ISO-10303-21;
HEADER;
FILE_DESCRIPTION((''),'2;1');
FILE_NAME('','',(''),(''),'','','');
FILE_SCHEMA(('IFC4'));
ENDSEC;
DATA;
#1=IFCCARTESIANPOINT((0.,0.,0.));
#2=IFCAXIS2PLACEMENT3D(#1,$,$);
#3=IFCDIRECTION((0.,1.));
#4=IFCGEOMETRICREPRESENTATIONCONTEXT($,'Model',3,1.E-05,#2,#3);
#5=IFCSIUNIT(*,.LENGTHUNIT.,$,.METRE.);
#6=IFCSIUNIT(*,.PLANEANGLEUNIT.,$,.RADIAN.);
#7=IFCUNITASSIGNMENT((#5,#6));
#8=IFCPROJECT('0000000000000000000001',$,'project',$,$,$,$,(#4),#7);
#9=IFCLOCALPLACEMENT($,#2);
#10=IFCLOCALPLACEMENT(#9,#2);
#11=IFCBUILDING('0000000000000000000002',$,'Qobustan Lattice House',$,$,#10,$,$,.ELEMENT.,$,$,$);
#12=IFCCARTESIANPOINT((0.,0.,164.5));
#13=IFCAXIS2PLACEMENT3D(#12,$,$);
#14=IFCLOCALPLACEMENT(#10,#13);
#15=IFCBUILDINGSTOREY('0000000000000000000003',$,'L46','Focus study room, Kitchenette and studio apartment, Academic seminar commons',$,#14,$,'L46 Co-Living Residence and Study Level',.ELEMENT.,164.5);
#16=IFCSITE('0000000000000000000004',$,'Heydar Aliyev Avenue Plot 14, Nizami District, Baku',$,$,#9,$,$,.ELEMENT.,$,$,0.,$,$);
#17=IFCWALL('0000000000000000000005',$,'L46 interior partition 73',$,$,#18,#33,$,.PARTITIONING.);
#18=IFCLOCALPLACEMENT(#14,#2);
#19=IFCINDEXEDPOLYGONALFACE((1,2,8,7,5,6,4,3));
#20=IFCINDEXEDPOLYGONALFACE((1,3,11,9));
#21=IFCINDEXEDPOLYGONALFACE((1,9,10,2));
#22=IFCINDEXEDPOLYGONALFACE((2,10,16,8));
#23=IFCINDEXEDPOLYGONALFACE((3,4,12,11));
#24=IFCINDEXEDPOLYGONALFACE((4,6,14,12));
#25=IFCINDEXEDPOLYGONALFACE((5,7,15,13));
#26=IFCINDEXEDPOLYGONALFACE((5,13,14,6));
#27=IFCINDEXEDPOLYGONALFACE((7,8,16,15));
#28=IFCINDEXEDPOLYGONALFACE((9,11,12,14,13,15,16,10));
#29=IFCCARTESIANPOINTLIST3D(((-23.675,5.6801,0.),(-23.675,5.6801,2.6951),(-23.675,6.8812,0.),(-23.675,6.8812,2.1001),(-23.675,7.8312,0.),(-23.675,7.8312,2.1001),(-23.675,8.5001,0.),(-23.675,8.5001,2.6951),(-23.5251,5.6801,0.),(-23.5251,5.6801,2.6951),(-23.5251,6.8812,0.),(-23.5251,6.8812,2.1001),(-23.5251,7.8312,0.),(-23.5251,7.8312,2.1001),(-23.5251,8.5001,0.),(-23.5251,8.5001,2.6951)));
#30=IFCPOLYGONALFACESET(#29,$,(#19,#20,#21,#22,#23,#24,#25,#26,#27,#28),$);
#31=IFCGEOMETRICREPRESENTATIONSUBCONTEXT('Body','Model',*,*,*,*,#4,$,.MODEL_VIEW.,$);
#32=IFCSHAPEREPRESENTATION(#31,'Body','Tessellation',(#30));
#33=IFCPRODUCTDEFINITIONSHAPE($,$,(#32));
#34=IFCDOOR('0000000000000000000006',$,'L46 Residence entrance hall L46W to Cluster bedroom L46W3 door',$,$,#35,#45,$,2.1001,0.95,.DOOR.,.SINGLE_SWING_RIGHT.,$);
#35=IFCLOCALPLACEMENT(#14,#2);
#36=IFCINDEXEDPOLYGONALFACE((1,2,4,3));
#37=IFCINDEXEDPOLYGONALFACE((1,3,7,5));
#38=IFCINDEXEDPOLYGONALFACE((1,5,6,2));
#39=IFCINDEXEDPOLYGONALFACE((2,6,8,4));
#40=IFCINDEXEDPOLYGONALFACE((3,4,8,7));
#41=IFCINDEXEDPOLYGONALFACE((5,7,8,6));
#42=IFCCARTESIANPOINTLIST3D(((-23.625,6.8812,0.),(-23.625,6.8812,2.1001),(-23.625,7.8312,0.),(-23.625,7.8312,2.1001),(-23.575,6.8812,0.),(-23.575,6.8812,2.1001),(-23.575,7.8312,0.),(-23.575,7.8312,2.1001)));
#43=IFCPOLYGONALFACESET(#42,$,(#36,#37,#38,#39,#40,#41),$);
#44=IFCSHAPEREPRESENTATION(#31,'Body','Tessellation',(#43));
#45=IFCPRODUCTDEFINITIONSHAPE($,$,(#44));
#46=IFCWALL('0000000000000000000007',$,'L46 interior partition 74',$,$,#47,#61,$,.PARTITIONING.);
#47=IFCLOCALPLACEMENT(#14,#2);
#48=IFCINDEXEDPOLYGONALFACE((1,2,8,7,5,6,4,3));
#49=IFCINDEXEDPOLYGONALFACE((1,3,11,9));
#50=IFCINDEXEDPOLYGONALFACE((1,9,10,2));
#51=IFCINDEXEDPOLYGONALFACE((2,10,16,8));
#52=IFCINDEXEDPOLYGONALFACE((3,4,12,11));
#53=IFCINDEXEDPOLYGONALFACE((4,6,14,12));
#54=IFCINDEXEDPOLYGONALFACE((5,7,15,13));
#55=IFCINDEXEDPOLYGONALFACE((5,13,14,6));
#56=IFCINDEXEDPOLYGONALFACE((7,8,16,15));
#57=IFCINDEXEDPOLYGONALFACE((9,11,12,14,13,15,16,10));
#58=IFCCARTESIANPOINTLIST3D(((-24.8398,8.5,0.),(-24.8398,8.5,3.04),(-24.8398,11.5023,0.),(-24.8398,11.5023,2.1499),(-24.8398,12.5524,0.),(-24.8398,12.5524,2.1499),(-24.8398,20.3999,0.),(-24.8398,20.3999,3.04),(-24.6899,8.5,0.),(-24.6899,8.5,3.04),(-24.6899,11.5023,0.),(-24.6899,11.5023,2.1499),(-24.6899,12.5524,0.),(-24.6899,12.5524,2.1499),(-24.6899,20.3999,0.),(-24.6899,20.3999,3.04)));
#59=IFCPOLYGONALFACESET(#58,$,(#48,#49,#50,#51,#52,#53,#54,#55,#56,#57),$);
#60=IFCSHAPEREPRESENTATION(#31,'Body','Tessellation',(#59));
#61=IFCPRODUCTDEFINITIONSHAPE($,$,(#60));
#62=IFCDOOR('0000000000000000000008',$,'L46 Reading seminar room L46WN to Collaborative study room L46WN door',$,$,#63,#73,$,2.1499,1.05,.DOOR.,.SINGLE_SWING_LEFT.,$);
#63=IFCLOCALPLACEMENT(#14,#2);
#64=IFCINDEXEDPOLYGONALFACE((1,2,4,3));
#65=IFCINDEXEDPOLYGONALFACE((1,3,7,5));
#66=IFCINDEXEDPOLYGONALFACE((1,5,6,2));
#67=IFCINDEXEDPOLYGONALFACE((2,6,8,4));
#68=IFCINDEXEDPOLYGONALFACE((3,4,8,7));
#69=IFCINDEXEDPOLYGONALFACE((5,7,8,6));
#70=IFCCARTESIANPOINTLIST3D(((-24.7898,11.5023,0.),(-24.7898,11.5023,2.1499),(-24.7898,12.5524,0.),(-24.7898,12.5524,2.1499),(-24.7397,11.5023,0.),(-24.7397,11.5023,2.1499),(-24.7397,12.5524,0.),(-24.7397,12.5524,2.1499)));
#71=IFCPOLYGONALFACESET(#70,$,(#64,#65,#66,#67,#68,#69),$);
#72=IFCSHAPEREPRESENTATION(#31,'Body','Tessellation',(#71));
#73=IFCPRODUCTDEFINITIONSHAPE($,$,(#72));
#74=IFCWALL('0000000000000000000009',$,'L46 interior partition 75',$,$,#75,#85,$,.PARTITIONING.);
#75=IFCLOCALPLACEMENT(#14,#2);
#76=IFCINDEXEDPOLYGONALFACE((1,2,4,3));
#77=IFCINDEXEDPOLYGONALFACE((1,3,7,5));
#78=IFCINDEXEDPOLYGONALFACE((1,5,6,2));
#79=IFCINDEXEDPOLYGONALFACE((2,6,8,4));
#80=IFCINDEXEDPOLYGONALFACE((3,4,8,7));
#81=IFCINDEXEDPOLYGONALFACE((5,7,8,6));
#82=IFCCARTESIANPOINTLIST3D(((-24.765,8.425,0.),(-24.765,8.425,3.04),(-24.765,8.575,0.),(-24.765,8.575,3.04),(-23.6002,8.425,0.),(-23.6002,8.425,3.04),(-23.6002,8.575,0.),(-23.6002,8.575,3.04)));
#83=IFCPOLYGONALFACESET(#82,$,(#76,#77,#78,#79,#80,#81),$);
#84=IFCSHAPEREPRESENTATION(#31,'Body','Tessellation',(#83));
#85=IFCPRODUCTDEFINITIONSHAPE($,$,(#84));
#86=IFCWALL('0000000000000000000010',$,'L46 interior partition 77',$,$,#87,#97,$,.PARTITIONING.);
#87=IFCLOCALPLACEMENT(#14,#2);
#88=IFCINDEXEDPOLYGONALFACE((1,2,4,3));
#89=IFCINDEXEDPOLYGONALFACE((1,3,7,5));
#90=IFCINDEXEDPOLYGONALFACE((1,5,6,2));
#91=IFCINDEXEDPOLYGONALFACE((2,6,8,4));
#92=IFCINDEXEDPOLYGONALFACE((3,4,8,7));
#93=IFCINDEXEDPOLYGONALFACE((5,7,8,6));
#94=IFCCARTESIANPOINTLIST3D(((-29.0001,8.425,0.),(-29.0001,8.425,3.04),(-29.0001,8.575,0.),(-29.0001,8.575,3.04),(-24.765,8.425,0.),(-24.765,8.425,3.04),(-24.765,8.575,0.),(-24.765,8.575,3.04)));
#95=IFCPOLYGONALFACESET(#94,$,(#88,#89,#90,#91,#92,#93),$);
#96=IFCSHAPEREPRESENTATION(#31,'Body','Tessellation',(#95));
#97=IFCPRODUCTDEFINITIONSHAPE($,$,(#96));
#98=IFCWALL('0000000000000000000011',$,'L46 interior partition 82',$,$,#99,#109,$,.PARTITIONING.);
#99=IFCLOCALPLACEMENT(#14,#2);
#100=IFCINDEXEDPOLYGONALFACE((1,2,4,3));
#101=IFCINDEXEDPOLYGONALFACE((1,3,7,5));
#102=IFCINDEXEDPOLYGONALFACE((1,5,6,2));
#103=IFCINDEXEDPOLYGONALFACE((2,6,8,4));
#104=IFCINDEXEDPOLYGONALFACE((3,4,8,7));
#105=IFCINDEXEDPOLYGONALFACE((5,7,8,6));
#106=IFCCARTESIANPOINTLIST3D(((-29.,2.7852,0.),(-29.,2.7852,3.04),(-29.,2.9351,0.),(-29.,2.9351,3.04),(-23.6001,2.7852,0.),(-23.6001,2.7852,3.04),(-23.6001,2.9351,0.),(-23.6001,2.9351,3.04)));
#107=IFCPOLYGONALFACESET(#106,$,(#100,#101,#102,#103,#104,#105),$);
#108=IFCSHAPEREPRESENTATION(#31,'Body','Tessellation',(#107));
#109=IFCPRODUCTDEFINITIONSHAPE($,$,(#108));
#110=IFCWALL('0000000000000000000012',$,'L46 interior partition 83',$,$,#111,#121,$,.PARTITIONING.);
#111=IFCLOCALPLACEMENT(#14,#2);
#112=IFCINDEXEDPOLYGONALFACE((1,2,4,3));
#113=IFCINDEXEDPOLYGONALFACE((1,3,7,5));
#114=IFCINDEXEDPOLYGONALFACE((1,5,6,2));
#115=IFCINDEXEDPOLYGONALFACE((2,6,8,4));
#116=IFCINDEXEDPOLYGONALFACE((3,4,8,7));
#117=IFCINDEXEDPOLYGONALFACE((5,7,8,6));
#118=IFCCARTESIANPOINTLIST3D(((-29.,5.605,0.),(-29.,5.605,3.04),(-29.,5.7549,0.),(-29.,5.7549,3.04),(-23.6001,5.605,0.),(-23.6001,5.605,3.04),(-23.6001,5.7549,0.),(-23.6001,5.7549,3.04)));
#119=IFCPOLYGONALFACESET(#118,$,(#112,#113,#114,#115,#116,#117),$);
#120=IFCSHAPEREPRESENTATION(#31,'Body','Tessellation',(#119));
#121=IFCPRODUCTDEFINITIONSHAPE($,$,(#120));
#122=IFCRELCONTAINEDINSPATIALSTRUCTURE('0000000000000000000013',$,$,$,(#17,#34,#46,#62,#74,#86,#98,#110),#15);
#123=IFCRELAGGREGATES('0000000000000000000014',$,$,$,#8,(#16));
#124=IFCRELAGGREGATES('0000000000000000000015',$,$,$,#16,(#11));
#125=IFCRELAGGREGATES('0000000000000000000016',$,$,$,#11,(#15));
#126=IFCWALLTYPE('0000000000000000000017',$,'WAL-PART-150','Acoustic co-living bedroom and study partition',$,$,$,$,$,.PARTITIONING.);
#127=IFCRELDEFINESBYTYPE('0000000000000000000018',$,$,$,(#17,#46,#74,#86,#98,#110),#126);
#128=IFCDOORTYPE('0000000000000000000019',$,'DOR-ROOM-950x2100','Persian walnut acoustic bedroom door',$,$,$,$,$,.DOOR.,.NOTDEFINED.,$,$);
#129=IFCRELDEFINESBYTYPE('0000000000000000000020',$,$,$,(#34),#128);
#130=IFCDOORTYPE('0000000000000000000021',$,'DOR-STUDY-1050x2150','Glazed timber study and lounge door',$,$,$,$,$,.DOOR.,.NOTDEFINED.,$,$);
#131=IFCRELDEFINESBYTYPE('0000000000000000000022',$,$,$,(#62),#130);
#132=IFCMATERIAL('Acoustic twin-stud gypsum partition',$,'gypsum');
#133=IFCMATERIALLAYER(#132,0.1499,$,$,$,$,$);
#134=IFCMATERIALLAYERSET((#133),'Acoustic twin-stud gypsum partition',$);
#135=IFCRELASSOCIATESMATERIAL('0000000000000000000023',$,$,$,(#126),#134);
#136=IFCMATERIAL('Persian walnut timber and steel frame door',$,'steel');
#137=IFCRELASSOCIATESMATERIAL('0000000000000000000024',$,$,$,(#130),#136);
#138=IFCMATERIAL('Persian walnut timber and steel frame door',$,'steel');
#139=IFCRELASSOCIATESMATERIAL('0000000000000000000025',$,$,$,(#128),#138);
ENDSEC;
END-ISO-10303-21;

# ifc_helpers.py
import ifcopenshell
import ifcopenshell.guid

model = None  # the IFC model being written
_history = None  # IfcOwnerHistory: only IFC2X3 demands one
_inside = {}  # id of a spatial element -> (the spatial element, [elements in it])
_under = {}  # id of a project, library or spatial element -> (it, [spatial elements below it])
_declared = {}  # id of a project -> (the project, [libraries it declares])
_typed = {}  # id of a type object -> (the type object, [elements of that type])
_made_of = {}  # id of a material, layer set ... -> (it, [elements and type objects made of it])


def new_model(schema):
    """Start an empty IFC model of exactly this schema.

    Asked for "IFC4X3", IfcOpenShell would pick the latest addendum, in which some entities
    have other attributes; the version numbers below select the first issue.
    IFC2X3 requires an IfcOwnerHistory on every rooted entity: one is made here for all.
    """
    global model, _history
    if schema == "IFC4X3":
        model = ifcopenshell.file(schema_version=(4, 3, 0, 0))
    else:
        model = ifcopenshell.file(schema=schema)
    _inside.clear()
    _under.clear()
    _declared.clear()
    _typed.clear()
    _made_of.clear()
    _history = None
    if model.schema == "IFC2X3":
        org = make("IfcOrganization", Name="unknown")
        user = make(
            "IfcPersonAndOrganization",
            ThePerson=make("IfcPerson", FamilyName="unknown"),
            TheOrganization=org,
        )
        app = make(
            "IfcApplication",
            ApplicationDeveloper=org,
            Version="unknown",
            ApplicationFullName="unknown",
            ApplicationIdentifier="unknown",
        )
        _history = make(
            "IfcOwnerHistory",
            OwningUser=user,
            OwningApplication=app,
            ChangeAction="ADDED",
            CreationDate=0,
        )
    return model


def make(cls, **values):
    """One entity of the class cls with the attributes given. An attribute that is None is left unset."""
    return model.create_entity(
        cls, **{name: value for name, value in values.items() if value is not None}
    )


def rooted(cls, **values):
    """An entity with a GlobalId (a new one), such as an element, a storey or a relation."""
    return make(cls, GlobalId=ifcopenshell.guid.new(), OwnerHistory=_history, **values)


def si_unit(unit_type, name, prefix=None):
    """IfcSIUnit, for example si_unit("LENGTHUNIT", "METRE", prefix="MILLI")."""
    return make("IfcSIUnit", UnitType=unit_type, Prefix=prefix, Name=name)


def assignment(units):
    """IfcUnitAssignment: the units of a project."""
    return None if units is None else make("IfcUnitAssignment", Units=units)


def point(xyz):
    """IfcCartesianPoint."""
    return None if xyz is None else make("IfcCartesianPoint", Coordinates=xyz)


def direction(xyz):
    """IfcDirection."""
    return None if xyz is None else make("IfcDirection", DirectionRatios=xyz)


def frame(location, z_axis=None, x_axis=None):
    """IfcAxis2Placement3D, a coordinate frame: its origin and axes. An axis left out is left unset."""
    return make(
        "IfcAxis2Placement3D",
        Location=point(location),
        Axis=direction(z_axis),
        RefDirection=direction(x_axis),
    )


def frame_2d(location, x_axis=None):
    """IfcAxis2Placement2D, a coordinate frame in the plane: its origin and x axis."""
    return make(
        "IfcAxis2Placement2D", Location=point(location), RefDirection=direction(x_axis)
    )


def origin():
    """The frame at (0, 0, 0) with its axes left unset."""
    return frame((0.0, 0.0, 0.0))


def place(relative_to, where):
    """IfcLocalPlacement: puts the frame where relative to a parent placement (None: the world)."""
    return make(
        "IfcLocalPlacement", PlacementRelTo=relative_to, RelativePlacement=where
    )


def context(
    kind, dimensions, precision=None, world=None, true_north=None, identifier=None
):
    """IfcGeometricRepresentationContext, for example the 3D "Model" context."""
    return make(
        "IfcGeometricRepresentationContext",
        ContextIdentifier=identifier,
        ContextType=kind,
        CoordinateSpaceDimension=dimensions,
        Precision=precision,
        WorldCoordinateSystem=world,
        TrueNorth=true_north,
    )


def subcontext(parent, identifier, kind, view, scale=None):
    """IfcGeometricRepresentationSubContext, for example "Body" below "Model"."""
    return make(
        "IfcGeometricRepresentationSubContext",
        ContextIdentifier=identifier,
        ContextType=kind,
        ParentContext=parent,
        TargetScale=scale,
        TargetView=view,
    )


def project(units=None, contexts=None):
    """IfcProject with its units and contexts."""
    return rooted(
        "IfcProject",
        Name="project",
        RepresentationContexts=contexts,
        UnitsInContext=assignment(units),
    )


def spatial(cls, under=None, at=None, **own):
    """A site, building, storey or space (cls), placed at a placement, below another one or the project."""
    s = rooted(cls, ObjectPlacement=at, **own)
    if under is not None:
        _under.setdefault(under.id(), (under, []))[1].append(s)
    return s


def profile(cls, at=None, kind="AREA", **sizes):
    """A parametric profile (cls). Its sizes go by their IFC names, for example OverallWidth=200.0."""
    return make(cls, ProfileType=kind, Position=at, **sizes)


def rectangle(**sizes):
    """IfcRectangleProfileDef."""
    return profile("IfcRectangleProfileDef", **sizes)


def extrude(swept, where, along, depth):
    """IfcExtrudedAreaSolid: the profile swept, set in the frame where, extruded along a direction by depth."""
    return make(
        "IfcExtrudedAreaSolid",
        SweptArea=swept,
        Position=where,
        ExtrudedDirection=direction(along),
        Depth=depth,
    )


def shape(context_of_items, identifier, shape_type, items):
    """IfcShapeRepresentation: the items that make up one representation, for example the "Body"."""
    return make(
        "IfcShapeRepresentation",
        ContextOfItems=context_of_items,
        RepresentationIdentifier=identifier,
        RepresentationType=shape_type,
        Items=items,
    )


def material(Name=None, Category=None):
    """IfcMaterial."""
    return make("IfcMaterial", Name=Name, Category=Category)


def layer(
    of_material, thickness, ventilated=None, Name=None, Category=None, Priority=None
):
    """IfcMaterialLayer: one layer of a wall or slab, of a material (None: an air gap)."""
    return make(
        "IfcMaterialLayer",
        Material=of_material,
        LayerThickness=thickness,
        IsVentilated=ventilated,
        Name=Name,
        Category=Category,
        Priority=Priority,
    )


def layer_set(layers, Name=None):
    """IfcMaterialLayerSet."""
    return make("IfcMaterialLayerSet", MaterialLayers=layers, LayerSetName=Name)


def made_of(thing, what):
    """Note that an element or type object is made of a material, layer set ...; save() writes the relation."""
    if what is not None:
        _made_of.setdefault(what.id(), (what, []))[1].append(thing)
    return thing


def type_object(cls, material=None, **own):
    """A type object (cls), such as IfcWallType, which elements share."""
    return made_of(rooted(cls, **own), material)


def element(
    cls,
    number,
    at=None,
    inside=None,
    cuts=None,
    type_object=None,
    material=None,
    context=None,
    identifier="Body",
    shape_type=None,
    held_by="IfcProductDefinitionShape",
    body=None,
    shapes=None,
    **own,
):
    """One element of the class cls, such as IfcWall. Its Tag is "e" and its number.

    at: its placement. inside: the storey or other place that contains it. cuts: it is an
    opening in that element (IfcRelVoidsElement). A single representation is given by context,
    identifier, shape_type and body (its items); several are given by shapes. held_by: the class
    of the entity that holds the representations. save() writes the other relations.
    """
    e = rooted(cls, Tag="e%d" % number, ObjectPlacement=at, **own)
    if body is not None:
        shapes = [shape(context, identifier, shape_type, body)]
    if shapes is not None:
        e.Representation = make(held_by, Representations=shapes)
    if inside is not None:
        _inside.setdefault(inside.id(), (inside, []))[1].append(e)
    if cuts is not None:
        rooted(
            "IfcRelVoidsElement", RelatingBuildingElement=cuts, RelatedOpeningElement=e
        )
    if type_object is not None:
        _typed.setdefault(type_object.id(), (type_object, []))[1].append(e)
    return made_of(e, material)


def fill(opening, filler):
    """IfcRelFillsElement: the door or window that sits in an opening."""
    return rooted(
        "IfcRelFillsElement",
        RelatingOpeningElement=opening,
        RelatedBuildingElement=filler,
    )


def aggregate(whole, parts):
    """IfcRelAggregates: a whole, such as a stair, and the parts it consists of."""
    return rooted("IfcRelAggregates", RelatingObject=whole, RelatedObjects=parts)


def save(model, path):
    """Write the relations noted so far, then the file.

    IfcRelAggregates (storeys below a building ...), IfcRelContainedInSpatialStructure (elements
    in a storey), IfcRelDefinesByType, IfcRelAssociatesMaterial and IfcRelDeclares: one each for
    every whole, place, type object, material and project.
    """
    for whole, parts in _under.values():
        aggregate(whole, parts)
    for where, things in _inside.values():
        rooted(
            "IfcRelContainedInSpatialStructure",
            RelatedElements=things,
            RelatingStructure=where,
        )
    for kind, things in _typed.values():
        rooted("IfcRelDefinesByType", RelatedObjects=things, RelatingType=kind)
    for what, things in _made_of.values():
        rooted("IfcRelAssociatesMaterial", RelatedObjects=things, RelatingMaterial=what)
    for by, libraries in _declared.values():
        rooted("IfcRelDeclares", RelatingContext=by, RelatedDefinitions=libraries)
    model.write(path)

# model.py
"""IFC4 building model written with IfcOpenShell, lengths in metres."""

from ifc_helpers import new_model, si_unit, direction, frame, frame_2d, origin, place, context, subcontext, project, spatial, rectangle, extrude, material, layer, layer_set, type_object, element, fill, save


model = new_model("IFC4")

# Units and contexts
model_context = context("Model", 3, precision=1e-05, world=origin(), true_north=direction((0.0, 1.0)))
body_context = subcontext(model_context, "Body", "Model", "MODEL_VIEW")
ifc_project = project(units=[si_unit("LENGTHUNIT", "METRE"), si_unit("PLANEANGLEUNIT", "RADIAN")], contexts=[model_context])

# Site, building, storey
site_placement = place(None, origin())
site = spatial("IfcSite", under=ifc_project, at=site_placement, Name="Heydar Aliyev Avenue Plot 14, Nizami District, Baku", CompositionType="ELEMENT", RefElevation=0.0)
building_placement = place(site_placement, origin())
building = spatial("IfcBuilding", under=site, at=building_placement, Name="Qobustan Lattice House", CompositionType="ELEMENT")
storey_placement = place(building_placement, frame((0.0, 0.0, 164.5)))
storey = spatial("IfcBuildingStorey", under=building, at=storey_placement, Name="L46", Description="Focus study room, Kitchenette and studio apartment, Academic seminar commons", LongName="L46 Co-Living Residence and Study Level", CompositionType="ELEMENT", Elevation=164.5)

# Walls, openings, doors
ifc_material_1 = material(Name="Acoustic twin-stud gypsum partition", Category="gypsum")
ifc_layer_1 = layer(ifc_material_1, 0.1499)
ifc_layer_set_1 = layer_set([ifc_layer_1], Name="Acoustic twin-stud gypsum partition")
wall_type_1 = type_object("IfcWallType", Name="WAL-PART-150", Description="Acoustic co-living bedroom and study partition", PredefinedType="PARTITIONING", material=ifc_layer_set_1)
ifc_material_2 = material(Name="Persian walnut timber and steel frame door", Category="steel")
door_type_1 = type_object("IfcDoorType", Name="DOR-STUDY-1050x2150", Description="Glazed timber study and lounge door", OperationType="NOTDEFINED", PredefinedType="DOOR", material=ifc_material_2)
ifc_material_3 = material(Name="Persian walnut timber and steel frame door", Category="steel")
door_type_2 = type_object("IfcDoorType", Name="DOR-ROOM-950x2100", Description="Persian walnut acoustic bedroom door", OperationType="NOTDEFINED", PredefinedType="DOOR", material=ifc_material_3)
wall_1_placement = place(storey_placement, frame((-23.6001, 5.6799, 0.0), z_axis=(0.0, 0.0, 1.0), x_axis=(0.0, 1.0, 0.0)))
wall_1 = element("IfcWall", 1, at=wall_1_placement, inside=storey, type_object=wall_type_1, Name="L46 interior partition 73", PredefinedType="PARTITIONING", context=body_context, shape_type="SweptSolid", body=[
    extrude(rectangle(XDim=2.8201, YDim=0.1499, at=frame_2d((1.4102, 0.0))), origin(), (0.0, 0.0, 1.0), 2.6951),
])
opening_1_placement = place(wall_1_placement, frame((1.2012, 0.0, 0.0)))
opening_1 = element("IfcOpeningElement", 2, at=opening_1_placement, cuts=wall_1, PredefinedType="OPENING", context=body_context, shape_type="SweptSolid", body=[
    extrude(rectangle(XDim=0.95, YDim=2.1001, at=frame_2d((0.4751, 1.05))), frame((0.0, 0.085, 0.0), z_axis=(0.0, -1.0, 0.0), x_axis=(1.0, 0.0, 0.0)), (0.0, 0.0, 1.0), 0.1699),
])
door_1_placement = place(opening_1_placement, origin())
door_1 = element("IfcDoor", 3, at=door_1_placement, inside=storey, type_object=door_type_2, Name="L46 Residence entrance hall L46W to Cluster bedroom L46W3 door", OperationType="SINGLE_SWING_RIGHT", OverallHeight=2.1001, OverallWidth=0.95, PredefinedType="DOOR", context=body_context, shape_type="SweptSolid", body=[
    extrude(rectangle(XDim=0.95, YDim=2.1001, at=frame_2d((0.4751, 1.05))), frame((0.0, 0.0249, 0.0), z_axis=(0.0, -1.0, 0.0), x_axis=(1.0, 0.0, 0.0)), (0.0, 0.0, 1.0), 0.05),
])
fill(opening_1, door_1)
wall_2_placement = place(storey_placement, frame((-24.7649, 8.5, 0.0), z_axis=(0.0, 0.0, 1.0), x_axis=(0.0, 1.0, 0.0)))
wall_2 = element("IfcWall", 4, at=wall_2_placement, inside=storey, type_object=wall_type_1, Name="L46 interior partition 74", PredefinedType="PARTITIONING", context=body_context, shape_type="SweptSolid", body=[
    extrude(rectangle(XDim=11.8999, YDim=0.1499, at=frame_2d((5.95, 0.0))), origin(), (0.0, 0.0, 1.0), 3.04),
])
opening_2_placement = place(wall_2_placement, frame((3.0024, 0.0, 0.0)))
opening_2 = element("IfcOpeningElement", 5, at=opening_2_placement, cuts=wall_2, PredefinedType="OPENING", context=body_context, shape_type="SweptSolid", body=[
    extrude(rectangle(XDim=1.05, YDim=2.1499, at=frame_2d((0.5249, 1.075))), frame((0.0, 0.085, 0.0), z_axis=(0.0, -1.0, 0.0), x_axis=(1.0, 0.0, 0.0)), (0.0, 0.0, 1.0), 0.1699),
])
door_2_placement = place(opening_2_placement, origin())
door_2 = element("IfcDoor", 6, at=door_2_placement, inside=storey, type_object=door_type_1, Name="L46 Reading seminar room L46WN to Collaborative study room L46WN door", OperationType="SINGLE_SWING_LEFT", OverallHeight=2.1499, OverallWidth=1.05, PredefinedType="DOOR", context=body_context, shape_type="SweptSolid", body=[
    extrude(rectangle(XDim=1.05, YDim=2.1499, at=frame_2d((0.5249, 1.075))), frame((0.0, 0.0249, 0.0), z_axis=(0.0, -1.0, 0.0), x_axis=(1.0, 0.0, 0.0)), (0.0, 0.0, 1.0), 0.05),
])
fill(opening_2, door_2)

# Walls
wall_3_placement = place(storey_placement, frame((-23.6001, 8.5, 0.0), z_axis=(0.0, 0.0, 1.0), x_axis=(-1.0, 0.0, 0.0)))
element("IfcWall", 7, at=wall_3_placement, inside=storey, type_object=wall_type_1, Name="L46 interior partition 75", PredefinedType="PARTITIONING", context=body_context, shape_type="SweptSolid", body=[
    extrude(rectangle(XDim=1.1648, YDim=0.1499, at=frame_2d((0.5825, 0.0))), origin(), (0.0, 0.0, 1.0), 3.04),
])
wall_4_placement = place(storey_placement, frame((-24.7649, 8.5, 0.0), z_axis=(0.0, 0.0, 1.0), x_axis=(-1.0, 0.0, 0.0)))
element("IfcWall", 8, at=wall_4_placement, inside=storey, type_object=wall_type_1, Name="L46 interior partition 77", PredefinedType="PARTITIONING", context=body_context, shape_type="SweptSolid", body=[
    extrude(rectangle(XDim=4.2351, YDim=0.1499, at=frame_2d((2.1177, 0.0))), origin(), (0.0, 0.0, 1.0), 3.04),
])
for number, where, z_axis, x_axis, name in (
    (9, (-29.0, 2.8601, 0.0), (0.0, 0.0, 1.0), (1.0, 0.0, 0.0), "L46 interior partition 82"),
    (10, (-29.0, 5.6799, 0.0), (0.0, 0.0, 1.0), (1.0, 0.0, 0.0), "L46 interior partition 83"),
):
    element("IfcWall", number, at=place(storey_placement, frame(where, z_axis=z_axis, x_axis=x_axis)), inside=storey, type_object=wall_type_1, Name=name, PredefinedType="PARTITIONING", context=body_context, shape_type="SweptSolid", body=[
        extrude(rectangle(XDim=5.3999, YDim=0.1499, at=frame_2d((2.7, 0.0))), origin(), (0.0, 0.0, 1.0), 3.04),
    ])

save(model, "model.ifc")
